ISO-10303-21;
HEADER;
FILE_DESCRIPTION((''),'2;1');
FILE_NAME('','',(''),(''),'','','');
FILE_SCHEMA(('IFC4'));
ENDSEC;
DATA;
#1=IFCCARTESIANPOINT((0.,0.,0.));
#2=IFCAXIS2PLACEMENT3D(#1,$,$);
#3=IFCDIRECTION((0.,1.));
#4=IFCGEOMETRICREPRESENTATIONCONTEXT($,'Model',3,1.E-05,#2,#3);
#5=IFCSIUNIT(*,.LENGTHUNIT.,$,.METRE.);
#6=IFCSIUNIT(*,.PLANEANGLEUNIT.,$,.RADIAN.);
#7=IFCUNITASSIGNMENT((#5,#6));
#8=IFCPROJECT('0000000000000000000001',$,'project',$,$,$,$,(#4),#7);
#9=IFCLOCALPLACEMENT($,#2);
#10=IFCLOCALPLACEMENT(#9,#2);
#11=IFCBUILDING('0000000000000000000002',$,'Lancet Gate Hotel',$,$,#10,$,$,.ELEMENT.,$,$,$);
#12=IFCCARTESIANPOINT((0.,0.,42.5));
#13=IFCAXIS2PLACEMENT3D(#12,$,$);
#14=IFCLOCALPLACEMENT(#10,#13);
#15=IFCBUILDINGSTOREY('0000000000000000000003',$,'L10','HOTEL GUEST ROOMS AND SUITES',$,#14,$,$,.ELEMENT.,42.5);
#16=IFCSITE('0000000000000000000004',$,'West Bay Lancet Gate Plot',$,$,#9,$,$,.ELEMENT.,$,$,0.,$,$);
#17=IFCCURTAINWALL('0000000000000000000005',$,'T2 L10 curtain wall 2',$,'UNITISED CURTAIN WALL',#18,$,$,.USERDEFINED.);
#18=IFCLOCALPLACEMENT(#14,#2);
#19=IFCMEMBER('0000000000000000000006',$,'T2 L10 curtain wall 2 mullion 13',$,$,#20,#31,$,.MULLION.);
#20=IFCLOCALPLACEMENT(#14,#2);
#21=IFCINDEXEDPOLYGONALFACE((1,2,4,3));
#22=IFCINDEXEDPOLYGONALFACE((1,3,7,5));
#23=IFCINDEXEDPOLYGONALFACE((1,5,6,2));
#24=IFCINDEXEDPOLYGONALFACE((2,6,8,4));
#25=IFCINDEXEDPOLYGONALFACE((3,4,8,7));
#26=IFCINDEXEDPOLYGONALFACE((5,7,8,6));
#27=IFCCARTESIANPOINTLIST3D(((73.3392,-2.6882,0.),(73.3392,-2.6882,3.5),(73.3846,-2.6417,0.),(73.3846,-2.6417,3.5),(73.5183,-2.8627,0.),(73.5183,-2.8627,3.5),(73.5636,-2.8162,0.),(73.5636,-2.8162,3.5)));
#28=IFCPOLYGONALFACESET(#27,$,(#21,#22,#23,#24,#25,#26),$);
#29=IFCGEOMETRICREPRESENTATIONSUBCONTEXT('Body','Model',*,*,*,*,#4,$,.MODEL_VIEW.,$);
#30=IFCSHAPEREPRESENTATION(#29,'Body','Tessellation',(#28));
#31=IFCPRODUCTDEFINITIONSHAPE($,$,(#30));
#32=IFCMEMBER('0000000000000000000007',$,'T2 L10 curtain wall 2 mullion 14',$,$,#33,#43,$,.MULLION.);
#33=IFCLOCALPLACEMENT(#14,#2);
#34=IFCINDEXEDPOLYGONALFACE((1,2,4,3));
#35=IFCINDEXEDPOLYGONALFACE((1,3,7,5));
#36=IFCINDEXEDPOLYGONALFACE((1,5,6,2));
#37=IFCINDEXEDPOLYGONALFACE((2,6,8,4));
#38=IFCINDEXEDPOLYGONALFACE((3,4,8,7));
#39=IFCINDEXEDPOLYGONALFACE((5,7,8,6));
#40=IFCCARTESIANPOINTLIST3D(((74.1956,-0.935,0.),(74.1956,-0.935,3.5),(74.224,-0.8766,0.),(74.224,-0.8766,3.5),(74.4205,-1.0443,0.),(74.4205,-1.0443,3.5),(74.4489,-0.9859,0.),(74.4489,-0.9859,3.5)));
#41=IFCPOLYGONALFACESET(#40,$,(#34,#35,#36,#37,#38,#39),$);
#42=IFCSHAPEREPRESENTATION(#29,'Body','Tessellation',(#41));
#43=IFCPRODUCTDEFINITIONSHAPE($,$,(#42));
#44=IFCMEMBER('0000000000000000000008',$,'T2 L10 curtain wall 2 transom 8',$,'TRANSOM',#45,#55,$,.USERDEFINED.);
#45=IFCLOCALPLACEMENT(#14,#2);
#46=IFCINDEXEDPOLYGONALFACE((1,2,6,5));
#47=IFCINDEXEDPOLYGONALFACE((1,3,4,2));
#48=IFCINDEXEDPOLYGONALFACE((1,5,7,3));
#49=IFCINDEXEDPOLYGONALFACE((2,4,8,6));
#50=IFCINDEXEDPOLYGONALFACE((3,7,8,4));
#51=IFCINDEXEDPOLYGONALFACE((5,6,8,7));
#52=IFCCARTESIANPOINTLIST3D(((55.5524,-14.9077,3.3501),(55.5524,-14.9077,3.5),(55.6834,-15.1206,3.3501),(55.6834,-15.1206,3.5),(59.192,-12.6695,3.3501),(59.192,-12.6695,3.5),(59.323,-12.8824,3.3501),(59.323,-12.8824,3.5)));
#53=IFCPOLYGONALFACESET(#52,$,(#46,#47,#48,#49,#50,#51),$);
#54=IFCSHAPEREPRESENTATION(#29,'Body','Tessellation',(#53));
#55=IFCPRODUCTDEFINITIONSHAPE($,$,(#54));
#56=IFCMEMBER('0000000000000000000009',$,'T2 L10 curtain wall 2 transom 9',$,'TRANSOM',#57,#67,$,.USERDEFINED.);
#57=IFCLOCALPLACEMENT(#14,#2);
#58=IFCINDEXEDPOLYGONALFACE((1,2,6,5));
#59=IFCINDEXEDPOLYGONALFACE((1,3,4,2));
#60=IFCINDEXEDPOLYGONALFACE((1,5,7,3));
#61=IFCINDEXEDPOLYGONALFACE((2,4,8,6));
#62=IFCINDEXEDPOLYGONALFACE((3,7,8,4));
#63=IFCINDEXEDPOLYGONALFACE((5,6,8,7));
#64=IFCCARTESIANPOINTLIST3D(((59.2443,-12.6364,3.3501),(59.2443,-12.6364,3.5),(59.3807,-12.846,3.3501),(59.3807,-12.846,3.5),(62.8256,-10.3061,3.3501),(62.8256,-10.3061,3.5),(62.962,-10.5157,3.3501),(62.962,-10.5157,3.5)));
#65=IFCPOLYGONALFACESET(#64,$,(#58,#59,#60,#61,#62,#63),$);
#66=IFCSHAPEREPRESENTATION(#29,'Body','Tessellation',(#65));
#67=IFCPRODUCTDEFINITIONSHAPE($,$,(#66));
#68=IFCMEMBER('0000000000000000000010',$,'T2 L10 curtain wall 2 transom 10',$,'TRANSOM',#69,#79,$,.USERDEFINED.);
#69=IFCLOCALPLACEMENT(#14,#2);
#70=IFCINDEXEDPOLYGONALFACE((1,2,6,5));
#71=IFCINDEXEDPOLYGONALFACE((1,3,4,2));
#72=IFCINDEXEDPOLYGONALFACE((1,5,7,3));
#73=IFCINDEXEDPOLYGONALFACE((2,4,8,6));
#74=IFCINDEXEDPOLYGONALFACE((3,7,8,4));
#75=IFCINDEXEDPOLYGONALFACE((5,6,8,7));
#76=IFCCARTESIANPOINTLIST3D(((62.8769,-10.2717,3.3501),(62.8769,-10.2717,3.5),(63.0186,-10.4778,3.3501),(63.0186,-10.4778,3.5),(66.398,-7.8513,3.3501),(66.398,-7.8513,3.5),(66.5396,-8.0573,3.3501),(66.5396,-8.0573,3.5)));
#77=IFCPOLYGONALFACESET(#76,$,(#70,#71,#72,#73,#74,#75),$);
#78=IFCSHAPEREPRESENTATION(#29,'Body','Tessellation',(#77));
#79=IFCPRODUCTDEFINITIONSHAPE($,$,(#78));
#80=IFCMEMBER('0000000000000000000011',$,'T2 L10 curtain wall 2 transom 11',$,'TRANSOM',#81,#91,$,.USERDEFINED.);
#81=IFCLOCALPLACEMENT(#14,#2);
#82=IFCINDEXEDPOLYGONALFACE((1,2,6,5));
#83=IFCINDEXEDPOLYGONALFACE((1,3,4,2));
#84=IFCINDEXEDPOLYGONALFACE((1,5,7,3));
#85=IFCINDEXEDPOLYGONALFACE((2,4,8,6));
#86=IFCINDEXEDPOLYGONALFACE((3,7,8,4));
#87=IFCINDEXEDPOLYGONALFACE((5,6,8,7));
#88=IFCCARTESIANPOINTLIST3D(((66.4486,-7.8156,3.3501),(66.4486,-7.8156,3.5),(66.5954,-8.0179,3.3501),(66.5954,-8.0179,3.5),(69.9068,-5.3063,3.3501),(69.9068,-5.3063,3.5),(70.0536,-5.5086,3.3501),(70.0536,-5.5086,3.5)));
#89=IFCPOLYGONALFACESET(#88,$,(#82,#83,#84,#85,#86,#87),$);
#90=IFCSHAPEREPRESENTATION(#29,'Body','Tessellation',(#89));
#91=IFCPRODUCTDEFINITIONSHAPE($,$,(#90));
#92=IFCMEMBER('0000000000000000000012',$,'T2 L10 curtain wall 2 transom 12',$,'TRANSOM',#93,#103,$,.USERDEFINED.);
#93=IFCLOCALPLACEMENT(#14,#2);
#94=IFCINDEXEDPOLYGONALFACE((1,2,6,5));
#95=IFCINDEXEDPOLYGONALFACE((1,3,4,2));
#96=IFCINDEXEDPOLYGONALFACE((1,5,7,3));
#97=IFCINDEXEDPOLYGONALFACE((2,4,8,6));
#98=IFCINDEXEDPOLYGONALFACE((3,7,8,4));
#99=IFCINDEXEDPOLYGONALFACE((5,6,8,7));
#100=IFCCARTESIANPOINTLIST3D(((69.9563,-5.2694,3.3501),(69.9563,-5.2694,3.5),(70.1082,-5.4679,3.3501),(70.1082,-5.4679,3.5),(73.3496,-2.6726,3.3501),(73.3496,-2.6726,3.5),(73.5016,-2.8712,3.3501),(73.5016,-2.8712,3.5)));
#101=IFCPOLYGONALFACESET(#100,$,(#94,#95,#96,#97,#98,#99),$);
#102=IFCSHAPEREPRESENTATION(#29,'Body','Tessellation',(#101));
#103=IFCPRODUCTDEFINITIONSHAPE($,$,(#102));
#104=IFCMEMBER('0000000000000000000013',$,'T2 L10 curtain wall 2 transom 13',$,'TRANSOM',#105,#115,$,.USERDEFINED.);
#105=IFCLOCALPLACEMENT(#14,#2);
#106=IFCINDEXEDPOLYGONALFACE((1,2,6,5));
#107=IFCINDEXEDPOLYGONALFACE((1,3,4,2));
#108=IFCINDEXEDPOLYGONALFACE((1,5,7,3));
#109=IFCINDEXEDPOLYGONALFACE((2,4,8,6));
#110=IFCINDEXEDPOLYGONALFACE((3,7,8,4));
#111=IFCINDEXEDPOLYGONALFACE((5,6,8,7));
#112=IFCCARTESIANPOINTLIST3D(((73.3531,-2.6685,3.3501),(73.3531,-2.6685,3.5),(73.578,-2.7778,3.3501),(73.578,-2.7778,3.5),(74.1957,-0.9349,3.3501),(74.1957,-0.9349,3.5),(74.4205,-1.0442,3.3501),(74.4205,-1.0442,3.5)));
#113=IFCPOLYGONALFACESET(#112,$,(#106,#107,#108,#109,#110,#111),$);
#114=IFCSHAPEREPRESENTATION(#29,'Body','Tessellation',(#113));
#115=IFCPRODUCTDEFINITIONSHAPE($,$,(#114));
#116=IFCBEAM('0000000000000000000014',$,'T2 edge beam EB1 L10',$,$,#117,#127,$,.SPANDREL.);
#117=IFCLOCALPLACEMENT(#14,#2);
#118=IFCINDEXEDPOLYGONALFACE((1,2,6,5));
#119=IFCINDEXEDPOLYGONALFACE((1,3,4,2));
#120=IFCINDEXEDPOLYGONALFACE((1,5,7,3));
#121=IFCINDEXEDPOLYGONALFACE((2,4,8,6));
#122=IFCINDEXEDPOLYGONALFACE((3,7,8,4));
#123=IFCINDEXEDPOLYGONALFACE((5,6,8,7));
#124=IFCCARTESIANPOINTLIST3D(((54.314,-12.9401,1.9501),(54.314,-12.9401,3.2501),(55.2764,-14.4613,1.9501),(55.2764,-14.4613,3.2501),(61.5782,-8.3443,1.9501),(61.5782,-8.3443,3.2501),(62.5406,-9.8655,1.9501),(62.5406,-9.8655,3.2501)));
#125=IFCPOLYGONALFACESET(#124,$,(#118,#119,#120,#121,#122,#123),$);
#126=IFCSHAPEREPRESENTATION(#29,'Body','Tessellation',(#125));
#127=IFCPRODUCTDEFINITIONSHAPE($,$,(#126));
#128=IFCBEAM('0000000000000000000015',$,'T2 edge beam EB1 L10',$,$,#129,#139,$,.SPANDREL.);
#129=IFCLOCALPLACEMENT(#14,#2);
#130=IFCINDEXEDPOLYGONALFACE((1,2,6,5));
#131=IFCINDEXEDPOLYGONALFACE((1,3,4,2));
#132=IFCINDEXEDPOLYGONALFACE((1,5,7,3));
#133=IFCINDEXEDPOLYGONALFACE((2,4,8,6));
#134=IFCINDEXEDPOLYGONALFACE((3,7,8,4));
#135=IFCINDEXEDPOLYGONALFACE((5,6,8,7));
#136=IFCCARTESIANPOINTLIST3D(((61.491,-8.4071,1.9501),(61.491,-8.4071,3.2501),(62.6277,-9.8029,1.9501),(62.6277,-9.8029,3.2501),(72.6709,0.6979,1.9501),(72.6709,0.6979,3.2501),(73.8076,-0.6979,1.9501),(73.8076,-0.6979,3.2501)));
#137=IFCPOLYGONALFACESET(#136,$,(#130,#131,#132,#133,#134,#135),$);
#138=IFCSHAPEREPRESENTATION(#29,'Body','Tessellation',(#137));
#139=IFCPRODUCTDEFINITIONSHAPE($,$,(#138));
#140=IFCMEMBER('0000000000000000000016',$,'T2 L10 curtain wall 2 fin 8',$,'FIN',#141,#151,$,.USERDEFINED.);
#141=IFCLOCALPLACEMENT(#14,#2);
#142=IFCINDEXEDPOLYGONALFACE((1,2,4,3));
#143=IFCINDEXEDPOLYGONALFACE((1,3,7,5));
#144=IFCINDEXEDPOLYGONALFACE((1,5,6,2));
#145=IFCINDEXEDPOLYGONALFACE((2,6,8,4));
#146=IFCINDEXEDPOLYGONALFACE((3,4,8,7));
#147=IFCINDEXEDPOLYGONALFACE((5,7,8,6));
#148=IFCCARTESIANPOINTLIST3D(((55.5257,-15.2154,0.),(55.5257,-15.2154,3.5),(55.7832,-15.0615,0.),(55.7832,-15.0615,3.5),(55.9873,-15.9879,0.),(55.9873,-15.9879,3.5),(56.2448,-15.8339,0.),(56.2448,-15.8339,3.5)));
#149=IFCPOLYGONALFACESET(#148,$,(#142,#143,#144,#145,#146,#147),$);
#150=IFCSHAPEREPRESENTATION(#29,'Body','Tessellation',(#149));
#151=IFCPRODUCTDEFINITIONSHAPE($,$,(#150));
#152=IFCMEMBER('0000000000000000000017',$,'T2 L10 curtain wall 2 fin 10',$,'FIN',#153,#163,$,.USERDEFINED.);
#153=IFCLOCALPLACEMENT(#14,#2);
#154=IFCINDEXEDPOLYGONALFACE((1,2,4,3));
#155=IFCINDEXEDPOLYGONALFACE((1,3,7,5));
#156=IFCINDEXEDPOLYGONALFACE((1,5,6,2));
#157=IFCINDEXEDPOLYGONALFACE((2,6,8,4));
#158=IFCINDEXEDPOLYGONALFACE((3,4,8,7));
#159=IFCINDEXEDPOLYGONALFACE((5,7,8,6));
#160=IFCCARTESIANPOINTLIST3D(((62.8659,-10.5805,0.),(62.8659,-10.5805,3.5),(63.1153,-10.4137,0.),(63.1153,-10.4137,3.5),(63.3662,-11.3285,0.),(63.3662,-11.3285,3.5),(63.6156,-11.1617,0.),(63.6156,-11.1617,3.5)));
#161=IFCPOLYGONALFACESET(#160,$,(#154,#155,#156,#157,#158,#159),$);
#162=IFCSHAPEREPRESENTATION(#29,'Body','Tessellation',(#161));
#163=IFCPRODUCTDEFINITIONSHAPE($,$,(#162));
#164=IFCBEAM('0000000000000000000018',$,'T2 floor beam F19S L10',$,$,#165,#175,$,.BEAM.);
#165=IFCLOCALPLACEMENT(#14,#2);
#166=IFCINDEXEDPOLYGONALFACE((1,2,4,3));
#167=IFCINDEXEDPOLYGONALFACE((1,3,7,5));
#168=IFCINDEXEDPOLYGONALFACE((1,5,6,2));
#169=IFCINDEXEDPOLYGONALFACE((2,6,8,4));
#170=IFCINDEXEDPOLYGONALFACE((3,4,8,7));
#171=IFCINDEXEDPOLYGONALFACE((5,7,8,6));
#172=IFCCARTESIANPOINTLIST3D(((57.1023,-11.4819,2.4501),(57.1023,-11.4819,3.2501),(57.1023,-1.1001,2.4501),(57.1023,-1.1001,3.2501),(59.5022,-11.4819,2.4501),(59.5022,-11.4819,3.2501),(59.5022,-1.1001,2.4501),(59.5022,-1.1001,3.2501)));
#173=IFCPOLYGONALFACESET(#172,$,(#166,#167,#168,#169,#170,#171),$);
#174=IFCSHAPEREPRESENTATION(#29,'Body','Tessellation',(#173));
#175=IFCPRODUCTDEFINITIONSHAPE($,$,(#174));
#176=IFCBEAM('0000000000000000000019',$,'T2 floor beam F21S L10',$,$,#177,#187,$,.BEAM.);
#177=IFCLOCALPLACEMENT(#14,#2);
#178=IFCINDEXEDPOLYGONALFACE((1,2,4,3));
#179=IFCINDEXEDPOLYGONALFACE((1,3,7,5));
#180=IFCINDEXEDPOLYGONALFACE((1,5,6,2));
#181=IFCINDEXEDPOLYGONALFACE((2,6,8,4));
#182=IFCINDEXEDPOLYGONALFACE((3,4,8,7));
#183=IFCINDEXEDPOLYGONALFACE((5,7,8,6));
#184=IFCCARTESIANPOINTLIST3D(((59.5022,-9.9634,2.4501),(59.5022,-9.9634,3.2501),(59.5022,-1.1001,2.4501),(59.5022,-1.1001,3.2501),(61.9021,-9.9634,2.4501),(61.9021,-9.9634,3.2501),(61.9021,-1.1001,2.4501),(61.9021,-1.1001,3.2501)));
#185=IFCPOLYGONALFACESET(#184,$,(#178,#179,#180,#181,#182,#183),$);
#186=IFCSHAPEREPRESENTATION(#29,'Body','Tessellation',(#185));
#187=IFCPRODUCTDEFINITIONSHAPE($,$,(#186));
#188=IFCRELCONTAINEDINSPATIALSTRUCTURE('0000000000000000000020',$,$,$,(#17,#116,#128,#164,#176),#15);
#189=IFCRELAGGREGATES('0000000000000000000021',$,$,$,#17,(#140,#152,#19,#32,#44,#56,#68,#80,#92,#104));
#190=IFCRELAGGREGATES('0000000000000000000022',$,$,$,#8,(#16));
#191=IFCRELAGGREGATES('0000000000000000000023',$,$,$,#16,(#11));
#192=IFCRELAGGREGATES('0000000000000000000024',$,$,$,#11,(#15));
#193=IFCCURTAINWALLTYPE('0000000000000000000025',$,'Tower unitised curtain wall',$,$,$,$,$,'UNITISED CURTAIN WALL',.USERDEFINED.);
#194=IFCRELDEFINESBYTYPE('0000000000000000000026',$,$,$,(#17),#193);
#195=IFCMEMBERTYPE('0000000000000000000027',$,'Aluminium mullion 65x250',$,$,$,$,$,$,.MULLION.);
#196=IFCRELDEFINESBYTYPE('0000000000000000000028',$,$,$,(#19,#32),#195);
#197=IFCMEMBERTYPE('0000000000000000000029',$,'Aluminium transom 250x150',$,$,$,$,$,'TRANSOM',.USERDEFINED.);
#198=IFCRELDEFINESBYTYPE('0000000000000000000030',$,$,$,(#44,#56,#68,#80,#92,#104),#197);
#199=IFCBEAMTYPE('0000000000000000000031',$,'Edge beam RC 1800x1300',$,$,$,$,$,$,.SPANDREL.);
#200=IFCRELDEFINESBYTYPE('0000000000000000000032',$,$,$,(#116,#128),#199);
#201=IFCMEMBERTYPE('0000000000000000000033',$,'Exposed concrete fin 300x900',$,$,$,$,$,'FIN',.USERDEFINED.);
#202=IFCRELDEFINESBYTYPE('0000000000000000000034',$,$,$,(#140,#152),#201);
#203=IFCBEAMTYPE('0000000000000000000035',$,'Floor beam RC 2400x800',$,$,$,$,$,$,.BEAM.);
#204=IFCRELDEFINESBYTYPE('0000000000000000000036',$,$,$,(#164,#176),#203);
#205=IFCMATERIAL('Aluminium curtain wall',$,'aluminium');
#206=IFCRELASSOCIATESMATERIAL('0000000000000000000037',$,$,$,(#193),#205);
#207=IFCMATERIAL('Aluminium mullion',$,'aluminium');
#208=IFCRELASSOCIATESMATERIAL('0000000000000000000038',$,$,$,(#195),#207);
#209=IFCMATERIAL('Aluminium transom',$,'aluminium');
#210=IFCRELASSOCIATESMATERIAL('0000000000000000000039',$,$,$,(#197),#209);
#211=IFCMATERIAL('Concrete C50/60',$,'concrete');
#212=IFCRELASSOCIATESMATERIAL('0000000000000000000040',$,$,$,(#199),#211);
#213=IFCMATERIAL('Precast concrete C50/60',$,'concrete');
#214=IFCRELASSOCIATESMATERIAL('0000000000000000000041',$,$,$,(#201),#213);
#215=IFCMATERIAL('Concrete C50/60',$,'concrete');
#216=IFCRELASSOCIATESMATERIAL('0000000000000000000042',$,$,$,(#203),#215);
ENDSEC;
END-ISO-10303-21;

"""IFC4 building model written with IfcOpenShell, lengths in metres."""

from ifc_helpers import new_model, si_unit, direction, frame, origin, origin_2d, place, context, subcontext, project, spatial, rectangle, extrude, material, material_profile, profile_set, type_object, element, aggregate, save


model = new_model("IFC4")

# Units and contexts
model_context = context("Model", 3, precision=1e-05, world=origin(), true_north=direction((0.0, 1.0)))
body_context = subcontext(model_context, "Body", "Model", "MODEL_VIEW")
ifc_project = project(units=[si_unit("LENGTHUNIT", "METRE"), si_unit("PLANEANGLEUNIT", "RADIAN")], contexts=[model_context])

# Site, building, storey
site_placement = place(None, origin())
site = spatial("IfcSite", under=ifc_project, at=site_placement, Name="West Bay Lancet Gate Plot", CompositionType="ELEMENT", RefElevation=0.0)
building_placement = place(site_placement, origin())
building = spatial("IfcBuilding", under=site, at=building_placement, Name="Lancet Gate Hotel", CompositionType="ELEMENT")
storey_placement = place(building_placement, frame((0.0, 0.0, 42.5)))
storey = spatial("IfcBuildingStorey", under=building, at=storey_placement, Name="L10", Description="HOTEL GUEST ROOMS AND SUITES", CompositionType="ELEMENT", Elevation=42.5)

# Curtain wall, members
ifc_material_1 = material(Name="Aluminium curtain wall", Category="aluminium")
curtain_wall_type = type_object("IfcCurtainWallType", Name="Tower unitised curtain wall", ElementType="UNITISED CURTAIN WALL", PredefinedType="USERDEFINED", material=ifc_material_1)
curtain_wall_placement = place(storey_placement, origin())
curtain_wall = element("IfcCurtainWall", 1, at=curtain_wall_placement, inside=storey, type_object=curtain_wall_type, Name="T2 L10 curtain wall 2", ObjectType="UNITISED CURTAIN WALL", PredefinedType="USERDEFINED")
ifc_material_2 = material(Name="Aluminium mullion", Category="aluminium")
ifc_material_profile_1 = material_profile(ifc_material_2, rectangle(XDim=0.0649, YDim=0.25, at=origin_2d()), Name="MULLION 65x250")
ifc_profile_set_1 = profile_set([ifc_material_profile_1], Name="Aluminium mullion")
member_type_1 = type_object("IfcMemberType", Name="Aluminium mullion 65x250", PredefinedType="MULLION", material=ifc_profile_set_1)
member_1_placement = place(storey_placement, frame((73.4514, -2.7522, 0.0), z_axis=(0.0, 0.0, 1.0), x_axis=(0.697983, 0.716114, 0.0)))
member_1 = element("IfcMember", 2, at=member_1_placement, type_object=member_type_1, Name="T2 L10 curtain wall 2 mullion 13", PredefinedType="MULLION", context=body_context, shape_type="SweptSolid", body=[
    extrude(rectangle(XDim=0.0649, YDim=0.25, at=origin_2d()), origin(), (0.0, 0.0, 1.0), 3.5),
])
member_2_placement = place(storey_placement, frame((74.3223, -0.9604, 0.0), z_axis=(0.0, 0.0, 1.0), x_axis=(0.437169, 0.899379, 0.0)))
member_2 = element("IfcMember", 3, at=member_2_placement, type_object=member_type_1, Name="T2 L10 curtain wall 2 mullion 14", PredefinedType="MULLION", context=body_context, shape_type="SweptSolid", body=[
    extrude(rectangle(XDim=0.0649, YDim=0.25, at=origin_2d()), origin(), (0.0, 0.0, 1.0), 3.5),
])
ifc_material_3 = material(Name="Aluminium transom", Category="aluminium")
ifc_material_profile_2 = material_profile(ifc_material_3, rectangle(XDim=0.25, YDim=0.1499, at=origin_2d()), Name="TRANSOM 250x150")
ifc_profile_set_2 = profile_set([ifc_material_profile_2], Name="Aluminium transom")
member_type_2 = type_object("IfcMemberType", Name="Aluminium transom 250x150", ElementType="TRANSOM", PredefinedType="USERDEFINED", material=ifc_profile_set_2)
member_3_placement = place(storey_placement, frame((55.6179, -15.0142, 3.425), z_axis=(0.851815, 0.523842, 0.0), x_axis=(-0.523842, 0.851815, 0.0)))
member_3 = element("IfcMember", 4, at=member_3_placement, type_object=member_type_2, Name="T2 L10 curtain wall 2 transom 8", ObjectType="TRANSOM", PredefinedType="USERDEFINED", context=body_context, shape_type="SweptSolid", body=[
    extrude(rectangle(XDim=0.25, YDim=0.1499, at=origin_2d()), origin(), (0.0, 0.0, 1.0), 4.2727),
])
member_4_placement = place(storey_placement, frame((59.3125, -12.7412, 3.425), z_axis=(0.838179, 0.545396, 0.0), x_axis=(-0.545396, 0.838179, 0.0)))
member_4 = element("IfcMember", 5, at=member_4_placement, type_object=member_type_2, Name="T2 L10 curtain wall 2 transom 9", ObjectType="TRANSOM", PredefinedType="USERDEFINED", context=body_context, shape_type="SweptSolid", body=[
    extrude(rectangle(XDim=0.25, YDim=0.1499, at=origin_2d()), origin(), (0.0, 0.0, 1.0), 4.2727),
])
member_5_placement = place(storey_placement, frame((62.9478, -10.3748, 3.425), z_axis=(0.824072, 0.566485, 0.0), x_axis=(-0.566485, 0.824072, 0.0)))
member_5 = element("IfcMember", 6, at=member_5_placement, type_object=member_type_2, Name="T2 L10 curtain wall 2 transom 10", ObjectType="TRANSOM", PredefinedType="USERDEFINED", context=body_context, shape_type="SweptSolid", body=[
    extrude(rectangle(XDim=0.25, YDim=0.1499, at=origin_2d()), origin(), (0.0, 0.0, 1.0), 4.2727),
])
member_6_placement = place(storey_placement, frame((66.522, -7.9167, 3.425), z_axis=(0.809383, 0.587281, 0.0), x_axis=(-0.587281, 0.809383, 0.0)))
member_6 = element("IfcMember", 7, at=member_6_placement, type_object=member_type_2, Name="T2 L10 curtain wall 2 transom 11", ObjectType="TRANSOM", PredefinedType="USERDEFINED", context=body_context, shape_type="SweptSolid", body=[
    extrude(rectangle(XDim=0.25, YDim=0.1499, at=origin_2d()), origin(), (0.0, 0.0, 1.0), 4.2727),
])
member_7_placement = place(storey_placement, frame((70.0322, -5.3687, 3.425), z_axis=(0.794155, 0.607715, 0.0), x_axis=(-0.607715, 0.794155, 0.0)))
member_7 = element("IfcMember", 8, at=member_7_placement, type_object=member_type_2, Name="T2 L10 curtain wall 2 transom 12", ObjectType="TRANSOM", PredefinedType="USERDEFINED", context=body_context, shape_type="SweptSolid", body=[
    extrude(rectangle(XDim=0.25, YDim=0.1499, at=origin_2d()), origin(), (0.0, 0.0, 1.0), 4.2729),
])
member_8_placement = place(storey_placement, frame((73.4656, -2.7231, 3.425), z_axis=(0.437103, 0.899411, 0.0), x_axis=(-0.899411, 0.437103, 0.0)))
member_8 = element("IfcMember", 9, at=member_8_placement, type_object=member_type_2, Name="T2 L10 curtain wall 2 transom 13", ObjectType="TRANSOM", PredefinedType="USERDEFINED", context=body_context, shape_type="SweptSolid", body=[
    extrude(rectangle(XDim=0.25, YDim=0.1499, at=origin_2d()), origin(), (0.0, 0.0, 1.0), 1.9275),
])

# Beams
ifc_material_4 = material(Name="Concrete C50/60", Category="concrete")
ifc_material_profile_3 = material_profile(ifc_material_4, rectangle(XDim=1.8, YDim=1.3, at=origin_2d()), Name="RC 1800x1300")
ifc_profile_set_3 = profile_set([ifc_material_profile_3], Name="Concrete C50/60")
beam_type_1 = type_object("IfcBeamType", Name="Edge beam RC 1800x1300", PredefinedType="SPANDREL", material=ifc_profile_set_3)
beam_1_placement = place(storey_placement, frame((54.7952, -13.7007, 2.6001), z_axis=(0.845078, 0.534643, 0.0), x_axis=(-0.534643, 0.845078, 0.0)))
element("IfcBeam", 10, at=beam_1_placement, inside=storey, type_object=beam_type_1, Name="T2 edge beam EB1 L10", PredefinedType="SPANDREL", context=body_context, shape_type="SweptSolid", body=[
    extrude(rectangle(XDim=1.8, YDim=1.3, at=origin_2d()), origin(), (0.0, 0.0, 1.0), 8.5959),
])
beam_2_placement = place(storey_placement, frame((62.0593, -9.105, 2.6001), z_axis=(0.775391, 0.631481, 0.0), x_axis=(-0.631481, 0.775391, 0.0)))
element("IfcBeam", 11, at=beam_2_placement, inside=storey, type_object=beam_type_1, Name="T2 edge beam EB1 L10", PredefinedType="SPANDREL", context=body_context, shape_type="SweptSolid", body=[
    extrude(rectangle(XDim=1.8, YDim=1.3, at=origin_2d()), origin(), (0.0, 0.0, 1.0), 14.4185),
])

# Members
ifc_material_5 = material(Name="Precast concrete C50/60", Category="concrete")
ifc_material_profile_4 = material_profile(ifc_material_5, rectangle(XDim=0.3, YDim=0.8999, at=origin_2d()), Name="FIN 300x900")
ifc_profile_set_4 = profile_set([ifc_material_profile_4], Name="Precast concrete C50/60")
member_type_3 = type_object("IfcMemberType", Name="Exposed concrete fin 300x900", ElementType="FIN", PredefinedType="USERDEFINED", material=ifc_profile_set_4)
member_9_placement = place(storey_placement, frame((55.8853, -15.5247, 0.0), z_axis=(0.0, 0.0, 1.0), x_axis=(0.858413, 0.512959, 0.0)))
member_9 = element("IfcMember", 12, at=member_9_placement, type_object=member_type_3, Name="T2 L10 curtain wall 2 fin 8", ObjectType="FIN", PredefinedType="USERDEFINED", context=body_context, shape_type="SweptSolid", body=[
    extrude(rectangle(XDim=0.3, YDim=0.8999, at=origin_2d()), origin(), (0.0, 0.0, 1.0), 3.5),
])
member_10_placement = place(storey_placement, frame((63.2407, -10.8711, 0.0), z_axis=(0.0, 0.0, 1.0), x_axis=(0.831198, 0.555976, 0.0)))
member_10 = element("IfcMember", 13, at=member_10_placement, type_object=member_type_3, Name="T2 L10 curtain wall 2 fin 10", ObjectType="FIN", PredefinedType="USERDEFINED", context=body_context, shape_type="SweptSolid", body=[
    extrude(rectangle(XDim=0.3, YDim=0.8999, at=origin_2d()), origin(), (0.0, 0.0, 1.0), 3.5),
])

# Beams
ifc_material_6 = material(Name="Concrete C50/60", Category="concrete")
ifc_material_profile_5 = material_profile(ifc_material_6, rectangle(XDim=2.3999, YDim=0.8, at=origin_2d()), Name="RC 2400x800")
ifc_profile_set_5 = profile_set([ifc_material_profile_5], Name="Concrete C50/60")
beam_type_2 = type_object("IfcBeamType", Name="Floor beam RC 2400x800", PredefinedType="BEAM", material=ifc_profile_set_5)
beam_3_placement = place(storey_placement, frame((58.3022, -11.4819, 2.8501), z_axis=(0.0, 1.0, 0.0), x_axis=(-1.0, 0.0, 0.0)))
element("IfcBeam", 14, at=beam_3_placement, inside=storey, type_object=beam_type_2, Name="T2 floor beam F19S L10", PredefinedType="BEAM", context=body_context, shape_type="SweptSolid", body=[
    extrude(rectangle(XDim=2.3999, YDim=0.8, at=origin_2d()), origin(), (0.0, 0.0, 1.0), 10.3818),
])
beam_4_placement = place(storey_placement, frame((60.7021, -9.9634, 2.8501), z_axis=(0.0, 1.0, 0.0), x_axis=(-1.0, 0.0, 0.0)))
element("IfcBeam", 15, at=beam_4_placement, inside=storey, type_object=beam_type_2, Name="T2 floor beam F21S L10", PredefinedType="BEAM", context=body_context, shape_type="SweptSolid", body=[
    extrude(rectangle(XDim=2.3999, YDim=0.8, at=origin_2d()), origin(), (0.0, 0.0, 1.0), 8.8633),
])

aggregate(curtain_wall, [member_9, member_10, member_1, member_2, member_3, member_4, member_5, member_6, member_7, member_8])

save(model, "model.ifc")
